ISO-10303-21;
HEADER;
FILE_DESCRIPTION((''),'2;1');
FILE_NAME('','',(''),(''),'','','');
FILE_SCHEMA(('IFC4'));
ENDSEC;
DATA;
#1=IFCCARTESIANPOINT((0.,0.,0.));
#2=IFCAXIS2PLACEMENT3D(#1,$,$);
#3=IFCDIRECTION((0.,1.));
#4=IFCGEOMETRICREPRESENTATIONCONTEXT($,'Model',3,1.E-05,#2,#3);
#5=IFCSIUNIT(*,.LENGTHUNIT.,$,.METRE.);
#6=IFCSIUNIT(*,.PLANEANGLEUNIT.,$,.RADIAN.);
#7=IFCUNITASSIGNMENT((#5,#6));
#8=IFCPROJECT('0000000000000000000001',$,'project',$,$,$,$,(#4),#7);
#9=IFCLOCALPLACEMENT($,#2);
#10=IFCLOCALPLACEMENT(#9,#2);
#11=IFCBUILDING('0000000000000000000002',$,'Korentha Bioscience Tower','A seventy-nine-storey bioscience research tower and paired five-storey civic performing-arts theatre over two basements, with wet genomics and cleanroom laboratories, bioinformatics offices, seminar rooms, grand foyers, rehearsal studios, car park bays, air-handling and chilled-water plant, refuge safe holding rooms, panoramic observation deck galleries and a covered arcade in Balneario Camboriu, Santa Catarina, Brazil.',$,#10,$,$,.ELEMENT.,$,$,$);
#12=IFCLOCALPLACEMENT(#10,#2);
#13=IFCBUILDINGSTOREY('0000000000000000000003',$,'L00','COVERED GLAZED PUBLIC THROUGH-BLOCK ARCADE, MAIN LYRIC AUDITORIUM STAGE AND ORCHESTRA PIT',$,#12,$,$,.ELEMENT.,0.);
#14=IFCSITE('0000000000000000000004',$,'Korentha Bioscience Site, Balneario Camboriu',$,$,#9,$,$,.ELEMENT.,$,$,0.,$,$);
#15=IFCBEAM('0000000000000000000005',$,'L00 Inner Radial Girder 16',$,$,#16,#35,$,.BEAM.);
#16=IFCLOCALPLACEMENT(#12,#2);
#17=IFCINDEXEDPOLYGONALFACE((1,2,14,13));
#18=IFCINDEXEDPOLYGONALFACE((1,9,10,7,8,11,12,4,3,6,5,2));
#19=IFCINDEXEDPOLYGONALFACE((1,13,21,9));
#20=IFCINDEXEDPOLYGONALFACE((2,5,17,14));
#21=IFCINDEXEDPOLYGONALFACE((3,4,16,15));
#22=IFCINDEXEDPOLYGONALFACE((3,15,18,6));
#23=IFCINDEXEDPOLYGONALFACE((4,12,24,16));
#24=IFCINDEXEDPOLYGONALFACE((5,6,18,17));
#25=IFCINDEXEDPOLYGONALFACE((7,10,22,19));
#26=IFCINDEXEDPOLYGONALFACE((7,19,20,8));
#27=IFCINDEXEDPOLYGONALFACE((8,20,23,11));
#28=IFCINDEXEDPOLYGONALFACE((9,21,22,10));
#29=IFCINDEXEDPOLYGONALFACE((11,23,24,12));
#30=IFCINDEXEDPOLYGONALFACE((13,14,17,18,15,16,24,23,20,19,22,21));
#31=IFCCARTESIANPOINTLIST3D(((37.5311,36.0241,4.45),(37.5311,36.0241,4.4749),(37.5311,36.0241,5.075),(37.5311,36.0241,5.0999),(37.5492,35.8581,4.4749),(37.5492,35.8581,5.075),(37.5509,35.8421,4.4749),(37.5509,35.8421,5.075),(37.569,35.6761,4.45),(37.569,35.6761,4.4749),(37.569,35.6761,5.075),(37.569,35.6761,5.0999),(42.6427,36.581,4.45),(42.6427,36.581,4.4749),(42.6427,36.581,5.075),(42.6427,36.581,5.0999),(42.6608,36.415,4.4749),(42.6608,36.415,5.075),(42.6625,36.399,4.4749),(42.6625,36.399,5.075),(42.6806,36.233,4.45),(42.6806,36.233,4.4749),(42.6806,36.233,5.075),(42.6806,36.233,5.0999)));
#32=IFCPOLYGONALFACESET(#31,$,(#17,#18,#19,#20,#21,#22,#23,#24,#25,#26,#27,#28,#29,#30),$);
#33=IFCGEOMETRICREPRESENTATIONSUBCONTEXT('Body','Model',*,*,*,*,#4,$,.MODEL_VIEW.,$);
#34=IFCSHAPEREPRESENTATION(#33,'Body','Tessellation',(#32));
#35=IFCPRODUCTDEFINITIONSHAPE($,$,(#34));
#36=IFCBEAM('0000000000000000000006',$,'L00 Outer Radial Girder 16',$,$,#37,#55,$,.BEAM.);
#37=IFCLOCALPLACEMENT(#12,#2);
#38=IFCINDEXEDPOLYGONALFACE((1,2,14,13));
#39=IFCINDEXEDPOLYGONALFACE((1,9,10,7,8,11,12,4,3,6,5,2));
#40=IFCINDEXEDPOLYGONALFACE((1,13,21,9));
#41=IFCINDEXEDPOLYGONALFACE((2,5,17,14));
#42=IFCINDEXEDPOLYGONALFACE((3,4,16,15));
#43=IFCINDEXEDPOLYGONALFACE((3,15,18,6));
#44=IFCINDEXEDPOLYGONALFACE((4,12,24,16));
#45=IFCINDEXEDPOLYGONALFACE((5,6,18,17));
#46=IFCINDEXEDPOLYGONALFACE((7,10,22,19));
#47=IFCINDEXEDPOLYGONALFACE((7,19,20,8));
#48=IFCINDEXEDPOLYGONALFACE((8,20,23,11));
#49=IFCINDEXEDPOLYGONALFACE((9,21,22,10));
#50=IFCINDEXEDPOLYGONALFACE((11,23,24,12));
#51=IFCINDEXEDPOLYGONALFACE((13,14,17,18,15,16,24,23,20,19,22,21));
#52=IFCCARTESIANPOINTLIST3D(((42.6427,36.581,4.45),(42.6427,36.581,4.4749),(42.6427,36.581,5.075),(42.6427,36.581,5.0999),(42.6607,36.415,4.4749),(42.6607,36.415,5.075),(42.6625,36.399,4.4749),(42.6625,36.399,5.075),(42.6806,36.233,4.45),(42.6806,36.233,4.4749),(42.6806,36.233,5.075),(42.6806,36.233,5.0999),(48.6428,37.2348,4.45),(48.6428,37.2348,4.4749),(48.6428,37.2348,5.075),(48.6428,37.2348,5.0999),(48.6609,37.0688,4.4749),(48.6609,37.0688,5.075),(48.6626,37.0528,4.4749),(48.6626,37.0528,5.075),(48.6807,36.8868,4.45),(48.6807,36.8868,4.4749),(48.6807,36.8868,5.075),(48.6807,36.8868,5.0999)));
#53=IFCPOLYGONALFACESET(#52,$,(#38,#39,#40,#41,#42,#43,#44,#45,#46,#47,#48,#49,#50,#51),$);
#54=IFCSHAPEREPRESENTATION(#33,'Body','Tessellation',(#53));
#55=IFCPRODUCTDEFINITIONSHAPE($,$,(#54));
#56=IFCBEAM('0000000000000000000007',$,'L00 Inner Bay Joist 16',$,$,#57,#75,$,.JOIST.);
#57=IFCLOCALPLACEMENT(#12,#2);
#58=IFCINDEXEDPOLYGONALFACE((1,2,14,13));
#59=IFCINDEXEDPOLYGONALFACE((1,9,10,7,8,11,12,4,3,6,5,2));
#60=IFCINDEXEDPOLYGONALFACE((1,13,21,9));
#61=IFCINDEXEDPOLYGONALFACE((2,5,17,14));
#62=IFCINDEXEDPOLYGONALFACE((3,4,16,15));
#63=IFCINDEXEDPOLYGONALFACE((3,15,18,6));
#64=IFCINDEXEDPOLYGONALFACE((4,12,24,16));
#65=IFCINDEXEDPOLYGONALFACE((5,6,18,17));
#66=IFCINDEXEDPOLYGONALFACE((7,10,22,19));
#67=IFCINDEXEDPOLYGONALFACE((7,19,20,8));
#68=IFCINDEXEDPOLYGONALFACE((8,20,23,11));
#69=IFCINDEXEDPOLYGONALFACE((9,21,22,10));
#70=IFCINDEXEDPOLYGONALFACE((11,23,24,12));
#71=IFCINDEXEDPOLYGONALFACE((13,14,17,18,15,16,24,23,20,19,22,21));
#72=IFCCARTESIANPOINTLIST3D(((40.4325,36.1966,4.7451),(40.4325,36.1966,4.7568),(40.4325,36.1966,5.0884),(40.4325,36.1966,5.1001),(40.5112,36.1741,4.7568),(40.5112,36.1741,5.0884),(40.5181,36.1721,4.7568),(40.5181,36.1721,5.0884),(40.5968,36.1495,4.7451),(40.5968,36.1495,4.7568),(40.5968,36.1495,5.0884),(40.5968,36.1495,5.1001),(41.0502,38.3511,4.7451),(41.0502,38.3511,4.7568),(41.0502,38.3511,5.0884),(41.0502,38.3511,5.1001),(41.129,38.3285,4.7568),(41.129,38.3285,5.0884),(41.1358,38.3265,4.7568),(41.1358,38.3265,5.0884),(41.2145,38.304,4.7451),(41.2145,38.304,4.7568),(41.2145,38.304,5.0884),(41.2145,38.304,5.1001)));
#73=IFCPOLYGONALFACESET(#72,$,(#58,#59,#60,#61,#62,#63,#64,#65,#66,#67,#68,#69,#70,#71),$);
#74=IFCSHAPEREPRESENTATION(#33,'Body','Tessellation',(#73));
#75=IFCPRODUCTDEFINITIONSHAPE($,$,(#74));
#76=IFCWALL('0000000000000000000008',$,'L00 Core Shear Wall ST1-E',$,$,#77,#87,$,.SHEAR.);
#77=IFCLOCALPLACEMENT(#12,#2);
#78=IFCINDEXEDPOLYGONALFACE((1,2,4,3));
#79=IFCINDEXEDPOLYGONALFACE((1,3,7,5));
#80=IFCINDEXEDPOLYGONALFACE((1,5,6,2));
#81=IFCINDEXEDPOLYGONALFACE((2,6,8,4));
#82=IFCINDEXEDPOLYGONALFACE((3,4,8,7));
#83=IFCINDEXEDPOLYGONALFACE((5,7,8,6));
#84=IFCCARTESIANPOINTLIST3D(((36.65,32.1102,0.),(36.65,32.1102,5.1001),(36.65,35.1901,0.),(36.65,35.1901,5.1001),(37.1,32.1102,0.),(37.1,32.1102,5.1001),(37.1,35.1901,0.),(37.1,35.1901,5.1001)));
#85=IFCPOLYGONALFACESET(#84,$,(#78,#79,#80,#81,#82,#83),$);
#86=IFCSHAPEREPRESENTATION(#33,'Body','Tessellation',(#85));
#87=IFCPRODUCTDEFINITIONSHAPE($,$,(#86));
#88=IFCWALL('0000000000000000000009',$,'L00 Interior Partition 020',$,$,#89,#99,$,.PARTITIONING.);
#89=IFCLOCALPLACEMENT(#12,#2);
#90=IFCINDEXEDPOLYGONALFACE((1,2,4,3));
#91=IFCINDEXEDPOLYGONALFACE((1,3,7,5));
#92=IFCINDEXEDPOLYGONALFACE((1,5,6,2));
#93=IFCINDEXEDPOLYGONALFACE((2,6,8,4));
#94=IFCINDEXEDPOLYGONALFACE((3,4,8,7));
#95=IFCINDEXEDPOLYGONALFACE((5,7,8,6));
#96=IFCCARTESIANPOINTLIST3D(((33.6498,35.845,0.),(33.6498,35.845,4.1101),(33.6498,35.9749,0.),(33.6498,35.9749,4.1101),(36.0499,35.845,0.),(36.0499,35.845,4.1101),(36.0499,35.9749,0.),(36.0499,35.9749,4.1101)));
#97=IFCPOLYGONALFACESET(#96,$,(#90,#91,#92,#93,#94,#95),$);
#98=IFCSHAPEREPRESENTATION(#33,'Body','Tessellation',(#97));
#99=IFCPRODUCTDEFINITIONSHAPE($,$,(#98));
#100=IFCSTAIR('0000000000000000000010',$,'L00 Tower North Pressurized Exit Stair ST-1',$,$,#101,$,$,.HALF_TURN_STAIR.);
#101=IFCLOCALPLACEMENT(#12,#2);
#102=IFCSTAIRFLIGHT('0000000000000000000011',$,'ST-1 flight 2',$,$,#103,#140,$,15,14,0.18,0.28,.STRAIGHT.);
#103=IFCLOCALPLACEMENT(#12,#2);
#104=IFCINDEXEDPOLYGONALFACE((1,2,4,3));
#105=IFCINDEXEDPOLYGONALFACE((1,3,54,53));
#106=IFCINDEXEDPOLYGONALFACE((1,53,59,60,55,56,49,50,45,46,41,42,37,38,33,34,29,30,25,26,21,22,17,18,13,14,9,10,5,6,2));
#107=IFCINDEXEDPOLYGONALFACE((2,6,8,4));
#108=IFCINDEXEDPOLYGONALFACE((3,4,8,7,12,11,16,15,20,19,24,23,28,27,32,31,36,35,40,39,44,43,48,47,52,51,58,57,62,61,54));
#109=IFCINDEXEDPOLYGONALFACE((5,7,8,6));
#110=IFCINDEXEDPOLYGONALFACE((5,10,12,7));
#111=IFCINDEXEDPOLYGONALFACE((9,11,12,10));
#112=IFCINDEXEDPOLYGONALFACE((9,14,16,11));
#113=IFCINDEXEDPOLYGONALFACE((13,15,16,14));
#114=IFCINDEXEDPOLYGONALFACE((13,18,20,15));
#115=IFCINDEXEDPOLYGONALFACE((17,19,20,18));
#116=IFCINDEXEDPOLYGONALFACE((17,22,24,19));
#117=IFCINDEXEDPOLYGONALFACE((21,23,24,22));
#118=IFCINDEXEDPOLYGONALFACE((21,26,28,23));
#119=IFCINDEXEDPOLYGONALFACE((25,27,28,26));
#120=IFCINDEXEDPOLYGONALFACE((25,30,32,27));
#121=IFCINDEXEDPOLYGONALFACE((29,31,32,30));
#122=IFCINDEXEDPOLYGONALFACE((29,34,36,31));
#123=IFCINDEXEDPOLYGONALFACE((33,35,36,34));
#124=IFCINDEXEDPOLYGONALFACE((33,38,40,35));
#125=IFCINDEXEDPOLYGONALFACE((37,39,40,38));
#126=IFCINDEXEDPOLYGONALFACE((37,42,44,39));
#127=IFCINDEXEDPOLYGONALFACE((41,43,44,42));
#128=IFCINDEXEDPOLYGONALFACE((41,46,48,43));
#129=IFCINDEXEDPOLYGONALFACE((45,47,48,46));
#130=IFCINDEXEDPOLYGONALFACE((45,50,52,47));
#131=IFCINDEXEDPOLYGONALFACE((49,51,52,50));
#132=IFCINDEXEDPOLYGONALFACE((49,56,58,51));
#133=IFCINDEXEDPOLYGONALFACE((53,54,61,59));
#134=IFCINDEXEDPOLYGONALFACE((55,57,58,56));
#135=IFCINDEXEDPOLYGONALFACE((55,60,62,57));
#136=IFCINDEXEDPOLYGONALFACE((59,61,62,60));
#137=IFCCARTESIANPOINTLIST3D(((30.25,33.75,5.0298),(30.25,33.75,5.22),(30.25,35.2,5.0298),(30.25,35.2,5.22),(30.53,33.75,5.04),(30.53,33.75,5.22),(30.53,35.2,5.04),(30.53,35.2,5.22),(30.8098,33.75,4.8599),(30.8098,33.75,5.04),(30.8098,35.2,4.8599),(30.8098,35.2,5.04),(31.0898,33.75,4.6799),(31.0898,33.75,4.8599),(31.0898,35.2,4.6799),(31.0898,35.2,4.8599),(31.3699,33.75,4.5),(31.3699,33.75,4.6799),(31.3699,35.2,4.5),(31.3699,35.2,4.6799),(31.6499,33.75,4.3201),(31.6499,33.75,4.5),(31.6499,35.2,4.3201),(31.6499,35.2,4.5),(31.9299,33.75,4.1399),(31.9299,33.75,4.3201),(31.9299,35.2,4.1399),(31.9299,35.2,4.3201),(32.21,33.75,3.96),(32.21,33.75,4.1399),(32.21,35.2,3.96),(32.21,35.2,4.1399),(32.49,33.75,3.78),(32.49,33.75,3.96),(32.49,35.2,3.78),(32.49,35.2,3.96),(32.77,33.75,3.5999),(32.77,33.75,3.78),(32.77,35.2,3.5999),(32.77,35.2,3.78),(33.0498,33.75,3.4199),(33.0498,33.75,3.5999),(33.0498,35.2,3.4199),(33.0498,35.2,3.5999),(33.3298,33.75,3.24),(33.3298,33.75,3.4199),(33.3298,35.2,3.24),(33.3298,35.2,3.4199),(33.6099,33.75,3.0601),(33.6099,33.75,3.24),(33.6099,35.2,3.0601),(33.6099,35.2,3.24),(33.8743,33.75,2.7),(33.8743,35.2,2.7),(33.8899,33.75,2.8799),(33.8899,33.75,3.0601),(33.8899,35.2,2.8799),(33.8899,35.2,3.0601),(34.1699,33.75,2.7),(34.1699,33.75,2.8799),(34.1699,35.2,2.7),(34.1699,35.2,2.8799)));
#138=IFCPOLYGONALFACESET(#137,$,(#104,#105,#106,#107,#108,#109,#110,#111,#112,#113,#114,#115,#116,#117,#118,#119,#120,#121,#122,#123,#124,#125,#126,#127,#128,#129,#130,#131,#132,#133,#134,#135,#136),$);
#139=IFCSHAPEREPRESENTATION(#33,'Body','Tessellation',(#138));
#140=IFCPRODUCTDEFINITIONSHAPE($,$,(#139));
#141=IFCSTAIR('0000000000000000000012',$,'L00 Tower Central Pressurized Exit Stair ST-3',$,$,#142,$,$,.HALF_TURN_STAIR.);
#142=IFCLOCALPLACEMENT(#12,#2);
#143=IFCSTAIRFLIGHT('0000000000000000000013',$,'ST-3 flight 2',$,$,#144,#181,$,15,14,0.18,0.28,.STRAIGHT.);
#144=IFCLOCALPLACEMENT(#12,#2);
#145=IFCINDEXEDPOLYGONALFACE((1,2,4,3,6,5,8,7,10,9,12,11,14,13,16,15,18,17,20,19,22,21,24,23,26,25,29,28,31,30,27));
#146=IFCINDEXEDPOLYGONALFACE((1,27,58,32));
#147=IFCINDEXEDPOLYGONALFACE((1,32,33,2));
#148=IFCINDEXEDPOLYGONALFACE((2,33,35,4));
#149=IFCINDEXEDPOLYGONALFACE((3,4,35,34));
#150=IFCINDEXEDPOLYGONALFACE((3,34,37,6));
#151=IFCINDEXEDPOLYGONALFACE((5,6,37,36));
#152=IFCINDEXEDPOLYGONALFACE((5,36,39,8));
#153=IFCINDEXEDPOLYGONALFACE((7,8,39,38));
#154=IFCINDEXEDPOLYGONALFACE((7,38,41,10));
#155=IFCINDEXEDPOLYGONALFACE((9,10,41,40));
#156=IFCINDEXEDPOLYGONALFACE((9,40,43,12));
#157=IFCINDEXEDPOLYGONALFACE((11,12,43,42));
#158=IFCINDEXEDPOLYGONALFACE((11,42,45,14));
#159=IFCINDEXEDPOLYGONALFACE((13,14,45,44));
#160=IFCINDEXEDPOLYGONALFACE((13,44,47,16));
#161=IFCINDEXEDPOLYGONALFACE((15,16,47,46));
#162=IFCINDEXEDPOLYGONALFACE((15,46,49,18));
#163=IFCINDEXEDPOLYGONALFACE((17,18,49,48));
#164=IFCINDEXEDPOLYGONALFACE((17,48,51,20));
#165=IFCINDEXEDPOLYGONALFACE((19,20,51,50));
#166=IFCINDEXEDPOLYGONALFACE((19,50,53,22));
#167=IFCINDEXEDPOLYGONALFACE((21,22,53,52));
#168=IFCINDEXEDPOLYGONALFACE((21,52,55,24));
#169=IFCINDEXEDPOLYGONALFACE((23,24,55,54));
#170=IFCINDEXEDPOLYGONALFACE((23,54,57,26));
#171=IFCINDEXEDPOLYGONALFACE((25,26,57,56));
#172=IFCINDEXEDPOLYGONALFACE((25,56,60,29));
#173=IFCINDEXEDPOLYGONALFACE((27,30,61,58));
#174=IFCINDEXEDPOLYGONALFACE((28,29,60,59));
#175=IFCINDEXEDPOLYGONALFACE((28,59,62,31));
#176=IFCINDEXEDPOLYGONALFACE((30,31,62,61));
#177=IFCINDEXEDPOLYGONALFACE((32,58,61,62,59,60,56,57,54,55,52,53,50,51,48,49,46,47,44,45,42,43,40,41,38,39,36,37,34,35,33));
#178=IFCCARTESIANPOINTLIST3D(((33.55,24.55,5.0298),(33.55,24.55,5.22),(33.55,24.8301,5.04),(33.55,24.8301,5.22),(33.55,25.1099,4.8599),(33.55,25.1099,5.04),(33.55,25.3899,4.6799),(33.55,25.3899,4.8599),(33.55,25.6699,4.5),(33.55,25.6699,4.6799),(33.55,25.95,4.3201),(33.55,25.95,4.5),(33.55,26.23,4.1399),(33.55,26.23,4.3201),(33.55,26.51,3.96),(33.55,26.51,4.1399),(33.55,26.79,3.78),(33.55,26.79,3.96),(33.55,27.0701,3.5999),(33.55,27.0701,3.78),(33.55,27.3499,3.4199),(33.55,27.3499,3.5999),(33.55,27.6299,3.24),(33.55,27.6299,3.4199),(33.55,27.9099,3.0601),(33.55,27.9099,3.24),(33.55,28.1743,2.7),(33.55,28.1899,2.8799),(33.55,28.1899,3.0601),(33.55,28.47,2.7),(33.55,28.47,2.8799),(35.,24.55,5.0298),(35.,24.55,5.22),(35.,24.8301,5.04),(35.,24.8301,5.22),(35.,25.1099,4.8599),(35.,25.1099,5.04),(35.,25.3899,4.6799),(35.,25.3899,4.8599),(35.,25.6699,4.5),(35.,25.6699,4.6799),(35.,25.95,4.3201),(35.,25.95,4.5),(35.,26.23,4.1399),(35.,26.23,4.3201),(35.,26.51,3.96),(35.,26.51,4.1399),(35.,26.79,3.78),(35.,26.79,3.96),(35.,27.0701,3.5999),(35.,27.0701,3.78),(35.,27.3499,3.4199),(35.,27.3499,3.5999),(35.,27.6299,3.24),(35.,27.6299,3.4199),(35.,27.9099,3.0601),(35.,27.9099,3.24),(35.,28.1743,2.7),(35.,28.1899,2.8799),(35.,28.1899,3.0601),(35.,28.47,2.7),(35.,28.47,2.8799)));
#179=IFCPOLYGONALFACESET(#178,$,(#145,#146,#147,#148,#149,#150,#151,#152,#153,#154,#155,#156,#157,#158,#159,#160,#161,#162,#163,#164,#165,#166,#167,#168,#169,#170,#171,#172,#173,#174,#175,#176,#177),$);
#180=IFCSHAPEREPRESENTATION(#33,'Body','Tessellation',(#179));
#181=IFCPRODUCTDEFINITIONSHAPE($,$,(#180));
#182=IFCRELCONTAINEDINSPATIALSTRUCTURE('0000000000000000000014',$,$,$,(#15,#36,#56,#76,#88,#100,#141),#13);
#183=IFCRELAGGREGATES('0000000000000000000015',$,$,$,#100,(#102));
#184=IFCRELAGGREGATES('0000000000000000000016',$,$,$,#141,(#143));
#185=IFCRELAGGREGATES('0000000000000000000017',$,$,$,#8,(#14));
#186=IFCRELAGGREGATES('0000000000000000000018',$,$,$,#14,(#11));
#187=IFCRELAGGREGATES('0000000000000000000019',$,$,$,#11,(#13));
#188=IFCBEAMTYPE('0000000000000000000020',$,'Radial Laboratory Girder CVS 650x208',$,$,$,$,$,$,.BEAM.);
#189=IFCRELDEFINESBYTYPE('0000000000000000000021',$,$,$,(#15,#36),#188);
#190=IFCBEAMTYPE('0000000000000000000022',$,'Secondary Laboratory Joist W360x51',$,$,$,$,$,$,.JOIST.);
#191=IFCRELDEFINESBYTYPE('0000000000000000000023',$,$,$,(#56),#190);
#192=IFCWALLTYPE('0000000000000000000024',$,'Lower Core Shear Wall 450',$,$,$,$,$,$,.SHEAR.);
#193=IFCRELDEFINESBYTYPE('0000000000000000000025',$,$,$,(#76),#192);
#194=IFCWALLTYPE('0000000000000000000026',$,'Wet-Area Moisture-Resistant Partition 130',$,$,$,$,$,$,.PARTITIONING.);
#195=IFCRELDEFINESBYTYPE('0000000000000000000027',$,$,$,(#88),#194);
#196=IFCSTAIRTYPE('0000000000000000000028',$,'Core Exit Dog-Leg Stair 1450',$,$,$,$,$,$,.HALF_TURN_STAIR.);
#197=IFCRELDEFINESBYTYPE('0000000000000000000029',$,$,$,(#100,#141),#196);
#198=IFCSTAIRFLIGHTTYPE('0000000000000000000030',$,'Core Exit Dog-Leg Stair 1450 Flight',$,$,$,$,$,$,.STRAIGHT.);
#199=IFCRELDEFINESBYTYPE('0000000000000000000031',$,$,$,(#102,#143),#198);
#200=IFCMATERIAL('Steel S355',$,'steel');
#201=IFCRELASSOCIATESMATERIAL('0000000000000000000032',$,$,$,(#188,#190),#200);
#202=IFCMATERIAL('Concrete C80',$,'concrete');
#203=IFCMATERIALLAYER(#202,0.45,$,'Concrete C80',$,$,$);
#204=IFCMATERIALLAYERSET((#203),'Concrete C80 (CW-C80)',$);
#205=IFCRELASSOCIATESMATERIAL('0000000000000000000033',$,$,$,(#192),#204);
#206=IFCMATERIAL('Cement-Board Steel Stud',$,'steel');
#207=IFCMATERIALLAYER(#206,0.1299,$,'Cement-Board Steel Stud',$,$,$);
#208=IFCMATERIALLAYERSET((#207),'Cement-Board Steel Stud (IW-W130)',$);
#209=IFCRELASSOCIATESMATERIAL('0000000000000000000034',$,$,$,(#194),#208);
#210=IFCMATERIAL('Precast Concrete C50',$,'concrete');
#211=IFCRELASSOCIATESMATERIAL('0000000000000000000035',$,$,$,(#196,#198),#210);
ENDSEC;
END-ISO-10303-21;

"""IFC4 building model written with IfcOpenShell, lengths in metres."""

from ifc_helpers import new_model, si_unit, direction, frame, frame_2d, origin, origin_2d, place, context, subcontext, project, spatial, polyline, rectangle, i_section, outline, extrude, material, layer, layer_set, material_profile, profile_set, type_object, element, aggregate, save


model = new_model("IFC4")

# Units and contexts
model_context = context("Model", 3, precision=1e-05, world=origin(), true_north=direction((0.0, 1.0)))
body_context = subcontext(model_context, "Body", "Model", "MODEL_VIEW")
ifc_project = project(units=[si_unit("LENGTHUNIT", "METRE"), si_unit("PLANEANGLEUNIT", "RADIAN")], contexts=[model_context])

# Site, building, storey
site_placement = place(None, origin())
site = spatial("IfcSite", under=ifc_project, at=site_placement, Name="Korentha Bioscience Site, Balneario Camboriu", CompositionType="ELEMENT", RefElevation=0.0)
building_placement = place(site_placement, origin())
building = spatial("IfcBuilding", under=site, at=building_placement, Name="Korentha Bioscience Tower", Description="A seventy-nine-storey bioscience research tower and paired five-storey civic performing-arts theatre over two basements, with wet genomics and cleanroom laboratories, bioinformatics offices, seminar rooms, grand foyers, rehearsal studios, car park bays, air-handling and chilled-water plant, refuge safe holding rooms, panoramic observation deck galleries and a covered arcade in Balneario Camboriu, Santa Catarina, Brazil.", CompositionType="ELEMENT")
storey_placement = place(building_placement, origin())
storey = spatial("IfcBuildingStorey", under=building, at=storey_placement, Name="L00", Description="COVERED GLAZED PUBLIC THROUGH-BLOCK ARCADE, MAIN LYRIC AUDITORIUM STAGE AND ORCHESTRA PIT", CompositionType="ELEMENT", Elevation=0.0)

# Shared definitions
ifc_material_1 = material(Name="Concrete C80", Category="concrete")

# Beams
ifc_material_2 = material(Name="Steel S355", Category="steel")
ifc_material_profile_1 = material_profile(ifc_material_2, i_section(OverallWidth=0.3501, OverallDepth=0.6499, WebThickness=0.0161, FlangeThickness=0.0249, at=origin_2d()), Name="Steel S355")
ifc_profile_set_1 = profile_set([ifc_material_profile_1], Name="Steel S355 (RB-650)")
beam_type_1 = type_object("IfcBeamType", Name="Radial Laboratory Girder CVS 650x208", PredefinedType="BEAM", material=ifc_profile_set_1)
beam_1_placement = place(storey_placement, frame((37.55, 35.8501, 4.7749), z_axis=(0.994118, 0.108305, 0.0), x_axis=(-0.108305, 0.994118, 0.0)))
element("IfcBeam", 1, at=beam_1_placement, inside=storey, type_object=beam_type_1, Name="L00 Inner Radial Girder 16", PredefinedType="BEAM", context=body_context, shape_type="SweptSolid", body=[
    extrude(i_section(OverallWidth=0.3501, OverallDepth=0.6499, WebThickness=0.0161, FlangeThickness=0.0249, at=origin_2d()), origin(), (0.0, 0.0, 1.0), 5.1418),
])
beam_2_placement = place(storey_placement, frame((42.6616, 36.407, 4.7749), z_axis=(0.994116, 0.108323, 0.0), x_axis=(-0.108323, 0.994116, 0.0)))
element("IfcBeam", 2, at=beam_2_placement, inside=storey, type_object=beam_type_1, Name="L00 Outer Radial Girder 16", PredefinedType="BEAM", context=body_context, shape_type="SweptSolid", body=[
    extrude(i_section(OverallWidth=0.3501, OverallDepth=0.6499, WebThickness=0.0161, FlangeThickness=0.0249, at=origin_2d()), origin(), (0.0, 0.0, 1.0), 6.0356),
])
ifc_material_profile_2 = material_profile(ifc_material_2, i_section(OverallWidth=0.1709, OverallDepth=0.355, WebThickness=0.0071, FlangeThickness=0.0117, at=origin_2d()), Name="Steel S355")
ifc_profile_set_2 = profile_set([ifc_material_profile_2], Name="Steel S355 (JB-360)")
beam_type_2 = type_object("IfcBeamType", Name="Secondary Laboratory Joist W360x51", PredefinedType="JOIST", material=ifc_profile_set_2)
beam_3_placement = place(storey_placement, frame((40.5146, 36.1731, 4.9226), z_axis=(0.275613, 0.961269, 0.0), x_axis=(-0.961269, 0.275613, 0.0)))
element("IfcBeam", 3, at=beam_3_placement, inside=storey, type_object=beam_type_2, Name="L00 Inner Bay Joist 16", PredefinedType="JOIST", context=body_context, shape_type="SweptSolid", body=[
    extrude(i_section(OverallWidth=0.1709, OverallDepth=0.355, WebThickness=0.0071, FlangeThickness=0.0117, at=origin_2d()), origin(), (0.0, 0.0, 1.0), 2.2412),
])

# Walls
ifc_layer_1 = layer(ifc_material_1, 0.45, Name="Concrete C80")
ifc_layer_set_1 = layer_set([ifc_layer_1], Name="Concrete C80 (CW-C80)")
wall_type_1 = type_object("IfcWallType", Name="Lower Core Shear Wall 450", PredefinedType="SHEAR", material=ifc_layer_set_1)
wall_1_placement = place(storey_placement, frame((36.875, 32.1101, 0.0), z_axis=(0.0, 0.0, 1.0), x_axis=(0.0, 1.0, 0.0)))
element("IfcWall", 4, at=wall_1_placement, inside=storey, type_object=wall_type_1, Name="L00 Core Shear Wall ST1-E", PredefinedType="SHEAR", context=body_context, shape_type="SweptSolid", body=[
    extrude(rectangle(XDim=3.0798, YDim=0.45, at=frame_2d((1.54, 0.0))), origin(), (0.0, 0.0, 1.0), 5.1001),
])
ifc_material_3 = material(Name="Cement-Board Steel Stud", Category="steel")
ifc_layer_2 = layer(ifc_material_3, 0.1299, Name="Cement-Board Steel Stud")
ifc_layer_set_2 = layer_set([ifc_layer_2], Name="Cement-Board Steel Stud (IW-W130)")
wall_type_2 = type_object("IfcWallType", Name="Wet-Area Moisture-Resistant Partition 130", PredefinedType="PARTITIONING", material=ifc_layer_set_2)
wall_2_placement = place(storey_placement, frame((36.05, 35.9099, 0.0), z_axis=(0.0, 0.0, 1.0), x_axis=(-1.0, 0.0, 0.0)))
element("IfcWall", 5, at=wall_2_placement, inside=storey, type_object=wall_type_2, Name="L00 Interior Partition 020", PredefinedType="PARTITIONING", context=body_context, shape_type="SweptSolid", body=[
    extrude(rectangle(XDim=2.4001, YDim=0.1299, at=frame_2d((1.2002, 0.0))), origin(), (0.0, 0.0, 1.0), 4.1101),
])

# Stairs, stair flights
ifc_material_4 = material(Name="Precast Concrete C50", Category="concrete")
stair_type = type_object("IfcStairType", Name="Core Exit Dog-Leg Stair 1450", PredefinedType="HALF_TURN_STAIR", material=ifc_material_4)
stair_1_placement = place(storey_placement, origin())
stair_1 = element("IfcStair", 6, at=stair_1_placement, inside=storey, type_object=stair_type, Name="L00 Tower North Pressurized Exit Stair ST-1", PredefinedType="HALF_TURN_STAIR")
stair_flight_type = type_object("IfcStairFlightType", Name="Core Exit Dog-Leg Stair 1450 Flight", PredefinedType="STRAIGHT", material=ifc_material_4)
stair_flight_1_placement = place(storey_placement, frame((34.1699, 34.4751, 2.7), z_axis=(0.0, 0.0, 1.0), x_axis=(-1.0, 0.0, 0.0)))
stair_flight_1 = element("IfcStairFlight", 7, at=stair_flight_1_placement, type_object=stair_flight_type, Name="ST-1 flight 2", NumberOfRisers=15, NumberOfTreads=14, PredefinedType="STRAIGHT", RiserHeight=0.18, TreadLength=0.28, context=body_context, shape_type="SweptSolid", body=[
    extrude(outline(polyline([(0.0, 0.0), (0.0, 0.1799), (0.28, 0.1799), (0.28, 0.3601), (0.5601, 0.3601), (0.5601, 0.54), (0.8401, 0.54), (0.8401, 0.72), (1.1201, 0.72), (1.1201, 0.8999), (1.3999, 0.8999), (1.3999, 1.0801), (1.6799, 1.0801), (1.6799, 1.26), (1.96, 1.26), (1.96, 1.4399), (2.24, 1.4399), (2.24, 1.6201), (2.52, 1.6201), (2.52, 1.8), (2.8, 1.8), (2.8, 1.98), (3.0801, 1.98), (3.0801, 2.1599), (3.3601, 2.1599), (3.3601, 2.3401), (3.6399, 2.3401), (3.6399, 2.52), (3.9199, 2.52), (3.9199, 2.7), (3.9199, 2.3298), (0.2957, 0.0), (0.0, 0.0)])), frame((0.0, 0.7251, 0.0), z_axis=(0.0, -1.0, 0.0), x_axis=(1.0, 0.0, 0.0)), (0.0, 0.0, 1.0), 1.45),
])
aggregate(stair_1, [stair_flight_1])
stair_2_placement = place(storey_placement, origin())
stair_2 = element("IfcStair", 8, at=stair_2_placement, inside=storey, type_object=stair_type, Name="L00 Tower Central Pressurized Exit Stair ST-3", PredefinedType="HALF_TURN_STAIR")
stair_flight_2_placement = place(storey_placement, frame((34.2749, 28.47, 2.7), z_axis=(0.0, 0.0, 1.0), x_axis=(0.0, -1.0, 0.0)))
stair_flight_2 = element("IfcStairFlight", 9, at=stair_flight_2_placement, type_object=stair_flight_type, Name="ST-3 flight 2", NumberOfRisers=15, NumberOfTreads=14, PredefinedType="STRAIGHT", RiserHeight=0.18, TreadLength=0.28, context=body_context, shape_type="SweptSolid", body=[
    extrude(outline(polyline([(0.0, 0.0), (0.0, 0.1799), (0.28, 0.1799), (0.28, 0.3601), (0.5601, 0.3601), (0.5601, 0.54), (0.8401, 0.54), (0.8401, 0.72), (1.1201, 0.72), (1.1201, 0.8999), (1.3999, 0.8999), (1.3999, 1.0801), (1.6799, 1.0801), (1.6799, 1.26), (1.96, 1.26), (1.96, 1.4399), (2.24, 1.4399), (2.24, 1.6201), (2.52, 1.6201), (2.52, 1.8), (2.8, 1.8), (2.8, 1.98), (3.0801, 1.98), (3.0801, 2.1599), (3.3601, 2.1599), (3.3601, 2.3401), (3.6399, 2.3401), (3.6399, 2.52), (3.9199, 2.52), (3.9199, 2.7), (3.9199, 2.3298), (0.2957, 0.0), (0.0, 0.0)])), frame((0.0, 0.7251, 0.0), z_axis=(0.0, -1.0, 0.0), x_axis=(1.0, 0.0, 0.0)), (0.0, 0.0, 1.0), 1.45),
])
aggregate(stair_2, [stair_flight_2])

save(model, "model.ifc")
